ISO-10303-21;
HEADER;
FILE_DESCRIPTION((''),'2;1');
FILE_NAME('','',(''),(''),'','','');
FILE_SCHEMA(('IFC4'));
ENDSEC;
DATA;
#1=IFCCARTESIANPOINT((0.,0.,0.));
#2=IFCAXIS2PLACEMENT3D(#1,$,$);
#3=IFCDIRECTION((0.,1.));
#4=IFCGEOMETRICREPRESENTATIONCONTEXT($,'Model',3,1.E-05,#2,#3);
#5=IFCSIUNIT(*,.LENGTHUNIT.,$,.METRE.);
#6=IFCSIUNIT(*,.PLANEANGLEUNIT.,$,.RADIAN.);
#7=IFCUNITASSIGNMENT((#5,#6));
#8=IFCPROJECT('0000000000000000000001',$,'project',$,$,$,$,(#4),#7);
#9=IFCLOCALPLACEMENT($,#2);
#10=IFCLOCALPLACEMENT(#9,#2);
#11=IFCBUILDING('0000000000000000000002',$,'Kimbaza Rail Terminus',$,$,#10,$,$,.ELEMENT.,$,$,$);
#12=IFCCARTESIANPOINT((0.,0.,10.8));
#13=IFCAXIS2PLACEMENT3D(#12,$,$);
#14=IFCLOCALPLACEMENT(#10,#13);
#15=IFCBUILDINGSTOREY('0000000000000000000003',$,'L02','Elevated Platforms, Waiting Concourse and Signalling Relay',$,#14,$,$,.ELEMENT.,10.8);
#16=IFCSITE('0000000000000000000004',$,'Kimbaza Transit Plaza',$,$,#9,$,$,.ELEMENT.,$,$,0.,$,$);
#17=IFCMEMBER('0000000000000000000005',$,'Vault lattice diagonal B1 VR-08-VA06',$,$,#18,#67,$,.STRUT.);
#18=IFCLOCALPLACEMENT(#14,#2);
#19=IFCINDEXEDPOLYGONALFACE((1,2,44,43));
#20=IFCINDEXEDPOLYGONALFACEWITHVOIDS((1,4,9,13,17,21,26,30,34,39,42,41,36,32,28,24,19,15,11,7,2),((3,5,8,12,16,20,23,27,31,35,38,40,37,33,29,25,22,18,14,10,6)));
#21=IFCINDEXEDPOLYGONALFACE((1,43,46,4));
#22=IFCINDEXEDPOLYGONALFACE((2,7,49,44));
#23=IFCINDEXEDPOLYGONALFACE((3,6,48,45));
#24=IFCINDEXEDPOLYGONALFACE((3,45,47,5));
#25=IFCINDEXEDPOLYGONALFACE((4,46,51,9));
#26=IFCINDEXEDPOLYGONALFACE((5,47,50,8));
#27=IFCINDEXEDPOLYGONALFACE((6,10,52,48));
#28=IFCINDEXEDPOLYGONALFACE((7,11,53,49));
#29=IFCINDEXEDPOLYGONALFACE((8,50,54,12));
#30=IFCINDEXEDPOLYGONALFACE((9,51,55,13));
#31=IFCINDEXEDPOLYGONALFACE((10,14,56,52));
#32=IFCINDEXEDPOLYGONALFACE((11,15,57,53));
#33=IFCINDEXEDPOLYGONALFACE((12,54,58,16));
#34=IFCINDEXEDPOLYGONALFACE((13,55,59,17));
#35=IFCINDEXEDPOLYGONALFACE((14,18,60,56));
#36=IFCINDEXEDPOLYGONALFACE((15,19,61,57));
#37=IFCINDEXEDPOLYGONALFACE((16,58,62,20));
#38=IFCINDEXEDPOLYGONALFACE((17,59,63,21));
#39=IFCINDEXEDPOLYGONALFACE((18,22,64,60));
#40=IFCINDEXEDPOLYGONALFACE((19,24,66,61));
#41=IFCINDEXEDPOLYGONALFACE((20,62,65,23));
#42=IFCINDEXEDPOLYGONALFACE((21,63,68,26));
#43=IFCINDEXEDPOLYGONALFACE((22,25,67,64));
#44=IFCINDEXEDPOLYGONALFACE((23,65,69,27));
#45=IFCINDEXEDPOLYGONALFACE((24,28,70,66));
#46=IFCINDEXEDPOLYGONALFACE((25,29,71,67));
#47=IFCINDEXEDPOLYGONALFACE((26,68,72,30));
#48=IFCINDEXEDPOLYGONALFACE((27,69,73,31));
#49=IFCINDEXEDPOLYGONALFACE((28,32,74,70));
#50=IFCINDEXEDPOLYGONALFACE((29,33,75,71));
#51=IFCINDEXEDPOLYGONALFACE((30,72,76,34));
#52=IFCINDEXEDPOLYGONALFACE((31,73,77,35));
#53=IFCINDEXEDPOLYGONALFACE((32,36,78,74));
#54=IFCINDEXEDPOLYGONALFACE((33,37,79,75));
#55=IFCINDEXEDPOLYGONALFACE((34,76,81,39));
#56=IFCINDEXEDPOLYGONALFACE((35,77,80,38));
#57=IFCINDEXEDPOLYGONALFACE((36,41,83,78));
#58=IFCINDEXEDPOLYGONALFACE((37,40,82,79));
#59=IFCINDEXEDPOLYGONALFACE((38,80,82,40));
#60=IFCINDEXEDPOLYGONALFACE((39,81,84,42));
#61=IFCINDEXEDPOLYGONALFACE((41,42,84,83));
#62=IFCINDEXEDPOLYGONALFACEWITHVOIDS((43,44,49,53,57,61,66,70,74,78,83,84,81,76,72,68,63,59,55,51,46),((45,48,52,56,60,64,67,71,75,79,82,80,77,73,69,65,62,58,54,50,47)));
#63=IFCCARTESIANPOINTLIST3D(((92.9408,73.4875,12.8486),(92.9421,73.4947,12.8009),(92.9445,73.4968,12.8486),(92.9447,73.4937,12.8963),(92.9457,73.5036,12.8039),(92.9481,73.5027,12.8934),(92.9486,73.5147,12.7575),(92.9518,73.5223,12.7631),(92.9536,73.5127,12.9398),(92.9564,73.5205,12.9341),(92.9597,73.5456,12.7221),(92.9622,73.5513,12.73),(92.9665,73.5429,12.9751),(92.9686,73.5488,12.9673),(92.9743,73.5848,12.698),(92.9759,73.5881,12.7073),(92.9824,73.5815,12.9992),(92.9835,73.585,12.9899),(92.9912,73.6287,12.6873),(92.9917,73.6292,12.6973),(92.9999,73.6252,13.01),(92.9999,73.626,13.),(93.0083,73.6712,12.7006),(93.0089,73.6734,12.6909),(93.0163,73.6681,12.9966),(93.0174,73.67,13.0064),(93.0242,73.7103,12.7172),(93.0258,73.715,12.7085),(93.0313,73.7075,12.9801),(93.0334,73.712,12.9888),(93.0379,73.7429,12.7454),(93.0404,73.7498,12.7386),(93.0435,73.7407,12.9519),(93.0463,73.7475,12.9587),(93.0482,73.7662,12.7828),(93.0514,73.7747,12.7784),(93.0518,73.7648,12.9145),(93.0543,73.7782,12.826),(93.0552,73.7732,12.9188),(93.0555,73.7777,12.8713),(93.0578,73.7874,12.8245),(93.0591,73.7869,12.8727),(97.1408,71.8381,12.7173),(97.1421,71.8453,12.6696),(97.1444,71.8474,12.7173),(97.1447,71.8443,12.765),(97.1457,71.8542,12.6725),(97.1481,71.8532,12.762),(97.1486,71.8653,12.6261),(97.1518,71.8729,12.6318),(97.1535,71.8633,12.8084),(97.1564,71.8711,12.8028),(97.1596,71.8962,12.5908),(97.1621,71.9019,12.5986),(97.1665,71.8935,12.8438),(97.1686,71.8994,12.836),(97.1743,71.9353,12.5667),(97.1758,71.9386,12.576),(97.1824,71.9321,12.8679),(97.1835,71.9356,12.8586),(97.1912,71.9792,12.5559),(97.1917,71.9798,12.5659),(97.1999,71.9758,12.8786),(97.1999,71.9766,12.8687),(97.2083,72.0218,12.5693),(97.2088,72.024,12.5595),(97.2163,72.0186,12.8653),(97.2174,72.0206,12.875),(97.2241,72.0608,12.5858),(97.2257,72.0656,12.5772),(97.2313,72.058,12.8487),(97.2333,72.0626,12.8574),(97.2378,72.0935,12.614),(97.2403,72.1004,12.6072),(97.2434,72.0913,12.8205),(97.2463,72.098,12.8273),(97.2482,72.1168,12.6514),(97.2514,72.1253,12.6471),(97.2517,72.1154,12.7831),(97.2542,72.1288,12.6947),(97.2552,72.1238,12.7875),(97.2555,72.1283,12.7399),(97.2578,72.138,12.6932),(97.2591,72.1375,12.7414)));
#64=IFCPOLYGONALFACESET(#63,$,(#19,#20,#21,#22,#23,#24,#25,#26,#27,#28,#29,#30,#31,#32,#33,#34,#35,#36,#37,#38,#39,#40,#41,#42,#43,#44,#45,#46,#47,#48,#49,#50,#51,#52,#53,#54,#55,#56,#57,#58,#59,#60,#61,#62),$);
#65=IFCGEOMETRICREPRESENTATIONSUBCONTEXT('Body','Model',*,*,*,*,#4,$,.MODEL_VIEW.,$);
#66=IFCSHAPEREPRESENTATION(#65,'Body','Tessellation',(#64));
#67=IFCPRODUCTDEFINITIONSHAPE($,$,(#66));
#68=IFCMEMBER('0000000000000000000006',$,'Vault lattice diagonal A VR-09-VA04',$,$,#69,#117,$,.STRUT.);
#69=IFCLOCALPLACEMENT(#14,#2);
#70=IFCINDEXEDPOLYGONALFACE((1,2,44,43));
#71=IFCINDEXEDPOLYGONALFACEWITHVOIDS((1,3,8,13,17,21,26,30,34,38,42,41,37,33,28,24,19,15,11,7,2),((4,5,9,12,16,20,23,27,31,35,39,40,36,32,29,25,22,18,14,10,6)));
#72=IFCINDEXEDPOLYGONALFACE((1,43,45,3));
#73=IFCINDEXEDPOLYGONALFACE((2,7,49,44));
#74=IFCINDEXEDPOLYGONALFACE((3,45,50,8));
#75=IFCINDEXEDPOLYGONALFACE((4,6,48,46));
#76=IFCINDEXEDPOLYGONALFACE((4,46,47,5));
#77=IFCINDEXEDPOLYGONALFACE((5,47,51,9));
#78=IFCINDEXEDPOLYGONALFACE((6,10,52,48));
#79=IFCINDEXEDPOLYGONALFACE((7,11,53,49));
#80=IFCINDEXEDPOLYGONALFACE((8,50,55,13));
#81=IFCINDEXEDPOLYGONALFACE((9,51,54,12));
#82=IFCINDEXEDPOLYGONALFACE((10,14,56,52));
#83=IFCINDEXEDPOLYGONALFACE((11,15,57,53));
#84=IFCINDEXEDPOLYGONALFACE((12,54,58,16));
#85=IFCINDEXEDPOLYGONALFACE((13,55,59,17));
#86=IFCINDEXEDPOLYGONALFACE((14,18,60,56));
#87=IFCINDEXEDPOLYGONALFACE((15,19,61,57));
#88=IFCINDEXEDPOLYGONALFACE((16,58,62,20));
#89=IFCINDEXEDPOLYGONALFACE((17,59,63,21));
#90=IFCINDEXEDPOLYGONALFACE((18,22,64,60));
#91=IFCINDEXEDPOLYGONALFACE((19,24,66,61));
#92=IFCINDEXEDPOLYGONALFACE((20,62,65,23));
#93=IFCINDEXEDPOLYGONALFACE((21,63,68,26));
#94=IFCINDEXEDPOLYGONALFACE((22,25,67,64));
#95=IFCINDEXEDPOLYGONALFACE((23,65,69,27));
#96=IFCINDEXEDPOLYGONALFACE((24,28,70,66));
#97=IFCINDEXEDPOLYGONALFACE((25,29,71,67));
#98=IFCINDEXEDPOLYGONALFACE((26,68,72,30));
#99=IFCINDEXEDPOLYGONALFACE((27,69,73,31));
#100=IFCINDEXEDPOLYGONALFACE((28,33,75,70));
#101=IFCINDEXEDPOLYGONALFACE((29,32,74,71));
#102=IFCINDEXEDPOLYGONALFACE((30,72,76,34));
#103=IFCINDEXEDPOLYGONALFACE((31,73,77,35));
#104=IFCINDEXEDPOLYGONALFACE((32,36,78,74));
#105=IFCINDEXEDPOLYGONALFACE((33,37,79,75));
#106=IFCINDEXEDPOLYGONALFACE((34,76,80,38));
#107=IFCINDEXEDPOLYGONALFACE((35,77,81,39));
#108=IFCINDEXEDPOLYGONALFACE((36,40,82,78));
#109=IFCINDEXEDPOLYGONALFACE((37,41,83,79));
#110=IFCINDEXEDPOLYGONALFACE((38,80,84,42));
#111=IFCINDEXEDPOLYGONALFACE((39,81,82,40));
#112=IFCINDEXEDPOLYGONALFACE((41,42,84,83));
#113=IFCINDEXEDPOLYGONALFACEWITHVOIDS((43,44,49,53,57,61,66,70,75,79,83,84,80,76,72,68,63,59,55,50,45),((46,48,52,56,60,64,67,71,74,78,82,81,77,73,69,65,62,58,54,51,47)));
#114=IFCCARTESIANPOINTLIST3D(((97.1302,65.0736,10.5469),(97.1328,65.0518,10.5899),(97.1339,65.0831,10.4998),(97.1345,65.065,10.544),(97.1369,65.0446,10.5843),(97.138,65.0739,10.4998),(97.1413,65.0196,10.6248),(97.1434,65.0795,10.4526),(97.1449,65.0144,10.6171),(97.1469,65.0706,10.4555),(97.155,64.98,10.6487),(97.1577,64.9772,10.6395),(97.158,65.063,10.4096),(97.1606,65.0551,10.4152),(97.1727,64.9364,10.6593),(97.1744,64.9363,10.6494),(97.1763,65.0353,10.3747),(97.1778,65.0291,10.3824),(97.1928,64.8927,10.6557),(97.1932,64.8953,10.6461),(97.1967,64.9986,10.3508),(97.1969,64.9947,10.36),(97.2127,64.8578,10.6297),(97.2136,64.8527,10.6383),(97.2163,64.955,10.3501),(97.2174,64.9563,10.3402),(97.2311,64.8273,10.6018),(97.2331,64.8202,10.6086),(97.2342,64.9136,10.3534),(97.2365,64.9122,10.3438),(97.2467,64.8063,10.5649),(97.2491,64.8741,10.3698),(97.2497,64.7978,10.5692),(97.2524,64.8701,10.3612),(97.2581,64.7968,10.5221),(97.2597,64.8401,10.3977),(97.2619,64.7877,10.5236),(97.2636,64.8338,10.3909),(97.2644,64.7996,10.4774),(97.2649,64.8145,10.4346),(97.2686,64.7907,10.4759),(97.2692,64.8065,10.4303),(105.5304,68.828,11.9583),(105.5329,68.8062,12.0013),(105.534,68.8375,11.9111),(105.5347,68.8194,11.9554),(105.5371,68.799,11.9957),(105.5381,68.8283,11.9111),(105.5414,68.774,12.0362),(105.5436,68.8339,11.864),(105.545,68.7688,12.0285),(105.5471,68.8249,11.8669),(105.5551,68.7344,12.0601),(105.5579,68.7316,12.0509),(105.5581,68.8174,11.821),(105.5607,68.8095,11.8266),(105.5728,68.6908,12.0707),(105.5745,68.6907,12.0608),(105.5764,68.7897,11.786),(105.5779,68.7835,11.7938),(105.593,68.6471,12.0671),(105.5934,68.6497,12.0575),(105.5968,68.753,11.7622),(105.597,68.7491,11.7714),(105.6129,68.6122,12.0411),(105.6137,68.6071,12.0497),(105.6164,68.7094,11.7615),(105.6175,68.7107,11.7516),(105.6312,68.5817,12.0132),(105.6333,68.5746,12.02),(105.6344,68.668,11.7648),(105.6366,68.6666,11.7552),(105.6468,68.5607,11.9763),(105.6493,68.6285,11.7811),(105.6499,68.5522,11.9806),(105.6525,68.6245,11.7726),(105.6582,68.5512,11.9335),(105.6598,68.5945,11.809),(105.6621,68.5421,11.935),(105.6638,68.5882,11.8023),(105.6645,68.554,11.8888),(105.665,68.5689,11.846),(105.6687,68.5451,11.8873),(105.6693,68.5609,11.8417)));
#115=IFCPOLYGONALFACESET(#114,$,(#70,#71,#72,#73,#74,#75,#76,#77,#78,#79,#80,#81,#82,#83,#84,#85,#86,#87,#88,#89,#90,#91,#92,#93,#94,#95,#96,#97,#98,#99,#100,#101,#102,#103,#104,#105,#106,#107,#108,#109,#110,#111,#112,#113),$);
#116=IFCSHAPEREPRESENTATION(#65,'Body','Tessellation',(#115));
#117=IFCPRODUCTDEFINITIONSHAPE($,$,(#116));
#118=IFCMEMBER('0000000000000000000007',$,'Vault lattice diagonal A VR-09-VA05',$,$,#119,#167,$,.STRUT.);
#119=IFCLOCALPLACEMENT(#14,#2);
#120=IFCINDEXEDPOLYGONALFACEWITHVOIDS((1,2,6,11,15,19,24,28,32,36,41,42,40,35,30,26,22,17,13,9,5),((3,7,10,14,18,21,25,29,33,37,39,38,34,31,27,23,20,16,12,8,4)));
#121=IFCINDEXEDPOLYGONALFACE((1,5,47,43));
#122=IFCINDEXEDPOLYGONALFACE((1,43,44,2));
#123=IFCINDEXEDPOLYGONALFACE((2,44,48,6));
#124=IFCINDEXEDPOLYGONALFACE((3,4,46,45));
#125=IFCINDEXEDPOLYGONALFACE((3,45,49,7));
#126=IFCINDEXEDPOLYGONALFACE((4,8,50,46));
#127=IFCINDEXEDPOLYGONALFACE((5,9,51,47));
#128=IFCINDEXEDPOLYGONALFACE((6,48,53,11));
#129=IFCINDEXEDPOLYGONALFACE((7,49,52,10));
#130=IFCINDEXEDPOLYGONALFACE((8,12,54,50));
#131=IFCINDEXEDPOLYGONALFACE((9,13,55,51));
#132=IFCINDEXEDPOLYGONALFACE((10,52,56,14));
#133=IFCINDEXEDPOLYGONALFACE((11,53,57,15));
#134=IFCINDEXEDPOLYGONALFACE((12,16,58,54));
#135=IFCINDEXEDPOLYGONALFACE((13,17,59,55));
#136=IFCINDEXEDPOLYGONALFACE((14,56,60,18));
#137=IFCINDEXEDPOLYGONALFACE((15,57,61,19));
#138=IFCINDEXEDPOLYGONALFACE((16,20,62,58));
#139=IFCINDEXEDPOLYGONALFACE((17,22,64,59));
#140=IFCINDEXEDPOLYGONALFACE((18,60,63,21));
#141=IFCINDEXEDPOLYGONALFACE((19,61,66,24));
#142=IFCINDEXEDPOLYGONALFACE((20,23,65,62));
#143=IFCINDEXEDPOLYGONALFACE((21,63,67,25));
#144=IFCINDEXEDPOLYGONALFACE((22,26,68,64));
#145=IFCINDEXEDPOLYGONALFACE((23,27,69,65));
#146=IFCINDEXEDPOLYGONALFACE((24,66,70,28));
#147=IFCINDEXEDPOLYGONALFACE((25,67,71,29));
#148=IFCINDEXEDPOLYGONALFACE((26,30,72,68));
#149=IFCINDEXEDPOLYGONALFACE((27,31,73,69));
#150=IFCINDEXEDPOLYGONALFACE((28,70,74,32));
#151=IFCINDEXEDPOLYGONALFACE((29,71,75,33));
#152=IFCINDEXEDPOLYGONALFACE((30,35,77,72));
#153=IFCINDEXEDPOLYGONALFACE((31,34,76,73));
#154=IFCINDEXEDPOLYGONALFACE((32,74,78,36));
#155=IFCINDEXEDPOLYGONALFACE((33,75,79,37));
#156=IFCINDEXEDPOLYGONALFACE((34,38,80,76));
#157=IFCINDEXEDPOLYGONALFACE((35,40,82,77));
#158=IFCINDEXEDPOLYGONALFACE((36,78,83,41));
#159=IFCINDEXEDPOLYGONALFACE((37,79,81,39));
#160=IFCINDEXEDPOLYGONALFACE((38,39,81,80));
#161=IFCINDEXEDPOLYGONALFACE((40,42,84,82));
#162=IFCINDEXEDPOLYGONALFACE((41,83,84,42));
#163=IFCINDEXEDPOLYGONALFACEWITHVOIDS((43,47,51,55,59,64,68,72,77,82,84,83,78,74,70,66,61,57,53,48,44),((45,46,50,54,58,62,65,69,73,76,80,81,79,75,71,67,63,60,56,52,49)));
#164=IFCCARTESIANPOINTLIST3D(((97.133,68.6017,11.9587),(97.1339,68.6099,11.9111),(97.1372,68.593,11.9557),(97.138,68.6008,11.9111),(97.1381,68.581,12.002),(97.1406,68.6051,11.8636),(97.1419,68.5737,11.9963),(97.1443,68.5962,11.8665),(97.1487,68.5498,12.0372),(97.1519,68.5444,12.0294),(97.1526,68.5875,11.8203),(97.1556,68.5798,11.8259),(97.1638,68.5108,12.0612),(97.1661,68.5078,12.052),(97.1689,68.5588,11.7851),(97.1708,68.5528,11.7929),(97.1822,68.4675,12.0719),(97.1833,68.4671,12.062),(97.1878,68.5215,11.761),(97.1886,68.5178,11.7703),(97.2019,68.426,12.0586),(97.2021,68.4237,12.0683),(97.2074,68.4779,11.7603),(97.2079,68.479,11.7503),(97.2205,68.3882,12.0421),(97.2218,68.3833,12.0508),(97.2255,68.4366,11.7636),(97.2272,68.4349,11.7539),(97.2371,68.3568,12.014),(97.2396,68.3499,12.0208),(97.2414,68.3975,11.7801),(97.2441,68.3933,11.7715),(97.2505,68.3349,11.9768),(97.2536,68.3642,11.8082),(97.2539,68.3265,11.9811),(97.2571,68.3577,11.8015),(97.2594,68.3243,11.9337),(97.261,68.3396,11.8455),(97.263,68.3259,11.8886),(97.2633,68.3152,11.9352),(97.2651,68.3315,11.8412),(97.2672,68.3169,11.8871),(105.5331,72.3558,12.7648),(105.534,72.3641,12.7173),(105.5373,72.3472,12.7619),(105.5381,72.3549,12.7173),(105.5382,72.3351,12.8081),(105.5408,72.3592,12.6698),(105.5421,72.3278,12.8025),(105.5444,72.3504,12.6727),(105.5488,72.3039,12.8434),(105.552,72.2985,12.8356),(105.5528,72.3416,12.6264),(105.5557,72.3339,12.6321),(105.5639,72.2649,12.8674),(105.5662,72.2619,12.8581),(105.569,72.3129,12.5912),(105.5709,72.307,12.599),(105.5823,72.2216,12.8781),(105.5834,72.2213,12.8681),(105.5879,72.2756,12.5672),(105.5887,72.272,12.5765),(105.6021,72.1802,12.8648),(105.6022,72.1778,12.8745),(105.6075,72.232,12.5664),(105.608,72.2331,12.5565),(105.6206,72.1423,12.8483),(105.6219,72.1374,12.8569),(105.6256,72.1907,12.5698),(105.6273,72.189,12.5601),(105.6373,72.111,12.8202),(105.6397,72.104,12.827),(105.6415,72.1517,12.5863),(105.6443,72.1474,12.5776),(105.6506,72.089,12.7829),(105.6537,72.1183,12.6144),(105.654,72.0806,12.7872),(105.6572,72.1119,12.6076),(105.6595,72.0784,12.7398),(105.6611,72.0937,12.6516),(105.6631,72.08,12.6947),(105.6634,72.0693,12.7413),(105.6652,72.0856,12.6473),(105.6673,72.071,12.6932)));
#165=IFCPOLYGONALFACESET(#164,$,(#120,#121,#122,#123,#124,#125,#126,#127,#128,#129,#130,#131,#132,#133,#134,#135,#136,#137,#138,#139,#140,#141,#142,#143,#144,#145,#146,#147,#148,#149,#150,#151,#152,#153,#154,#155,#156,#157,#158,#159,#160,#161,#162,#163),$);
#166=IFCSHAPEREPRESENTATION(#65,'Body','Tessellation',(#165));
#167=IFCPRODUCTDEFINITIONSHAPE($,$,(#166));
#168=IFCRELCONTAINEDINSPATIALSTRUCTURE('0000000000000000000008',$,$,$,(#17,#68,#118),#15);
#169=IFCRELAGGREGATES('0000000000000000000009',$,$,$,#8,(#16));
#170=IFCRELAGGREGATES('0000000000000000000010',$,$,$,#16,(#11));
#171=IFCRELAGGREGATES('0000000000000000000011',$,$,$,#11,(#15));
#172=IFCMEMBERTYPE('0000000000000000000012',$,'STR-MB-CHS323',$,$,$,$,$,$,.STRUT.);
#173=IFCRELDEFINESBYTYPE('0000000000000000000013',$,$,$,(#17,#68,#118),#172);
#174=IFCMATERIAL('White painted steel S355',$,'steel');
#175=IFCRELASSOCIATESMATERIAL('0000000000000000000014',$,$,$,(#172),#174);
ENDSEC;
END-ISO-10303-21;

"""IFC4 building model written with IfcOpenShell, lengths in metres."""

from ifc_helpers import new_model, si_unit, direction, frame, origin, origin_2d, place, context, subcontext, project, spatial, hollow_circle, extrude, material, material_profile, profile_set, type_object, element, save


model = new_model("IFC4")

# Units and contexts
model_context = context("Model", 3, precision=1e-05, world=origin(), true_north=direction((0.0, 1.0)))
body_context = subcontext(model_context, "Body", "Model", "MODEL_VIEW")
ifc_project = project(units=[si_unit("LENGTHUNIT", "METRE"), si_unit("PLANEANGLEUNIT", "RADIAN")], contexts=[model_context])

# Site, building, storey
site_placement = place(None, origin())
site = spatial("IfcSite", under=ifc_project, at=site_placement, Name="Kimbaza Transit Plaza", CompositionType="ELEMENT", RefElevation=0.0)
building_placement = place(site_placement, origin())
building = spatial("IfcBuilding", under=site, at=building_placement, Name="Kimbaza Rail Terminus", CompositionType="ELEMENT")
storey_placement = place(building_placement, frame((0.0, 0.0, 10.8)))
storey = spatial("IfcBuildingStorey", under=building, at=storey_placement, Name="L02", Description="Elevated Platforms, Waiting Concourse and Signalling Relay", CompositionType="ELEMENT", Elevation=10.8)

# Members
ifc_material_1 = material(Name="White painted steel S355", Category="steel")
ifc_material_profile_1 = material_profile(ifc_material_1, hollow_circle(Radius=0.1619, WallThickness=0.01, at=origin_2d()), Name="CHS 323.9x10")
ifc_profile_set_1 = profile_set([ifc_material_profile_1], Name="White painted steel S355")
member_type_1 = type_object("IfcMemberType", Name="STR-MB-CHS323", PredefinedType="STRUT", material=ifc_profile_set_1)
member_1_placement = place(storey_placement, frame((97.2, 71.9888, 12.7173), z_axis=(-0.9304, 0.365389, 0.029097), x_axis=(-0.365544, -0.930794, 0.0)))
element("IfcMember", 1, at=member_1_placement, inside=storey, type_object=member_type_1, Name="Vault lattice diagonal B1 VR-08-VA06", PredefinedType="STRUT", context=body_context, shape_type="SweptSolid", body=[
    extrude(hollow_circle(Radius=0.1619, WallThickness=0.01, at=origin_2d()), origin(), (0.0, 0.0, 1.0), 4.5142),
])
member_2_placement = place(storey_placement, frame((97.2, 64.9353, 10.4998), z_axis=(0.902408, 0.403326, 0.151621), x_axis=(-0.408043, 0.912963, 0.0)))
element("IfcMember", 2, at=member_2_placement, inside=storey, type_object=member_type_1, Name="Vault lattice diagonal A VR-09-VA04", PredefinedType="STRUT", context=body_context, shape_type="SweptSolid", body=[
    extrude(hollow_circle(Radius=0.1619, WallThickness=0.01, at=origin_2d()), origin(), (0.0, 0.0, 1.0), 9.3086),
])
member_3_placement = place(storey_placement, frame((97.2, 68.4622, 11.9111), z_axis=(0.909488, 0.406464, 0.087283), x_axis=(-0.408021, 0.912973, 0.0)))
element("IfcMember", 3, at=member_3_placement, inside=storey, type_object=member_type_1, Name="Vault lattice diagonal A VR-09-VA05", PredefinedType="STRUT", context=body_context, shape_type="SweptSolid", body=[
    extrude(hollow_circle(Radius=0.1619, WallThickness=0.01, at=origin_2d()), origin(), (0.0, 0.0, 1.0), 9.2361),
])

save(model, "model.ifc")
